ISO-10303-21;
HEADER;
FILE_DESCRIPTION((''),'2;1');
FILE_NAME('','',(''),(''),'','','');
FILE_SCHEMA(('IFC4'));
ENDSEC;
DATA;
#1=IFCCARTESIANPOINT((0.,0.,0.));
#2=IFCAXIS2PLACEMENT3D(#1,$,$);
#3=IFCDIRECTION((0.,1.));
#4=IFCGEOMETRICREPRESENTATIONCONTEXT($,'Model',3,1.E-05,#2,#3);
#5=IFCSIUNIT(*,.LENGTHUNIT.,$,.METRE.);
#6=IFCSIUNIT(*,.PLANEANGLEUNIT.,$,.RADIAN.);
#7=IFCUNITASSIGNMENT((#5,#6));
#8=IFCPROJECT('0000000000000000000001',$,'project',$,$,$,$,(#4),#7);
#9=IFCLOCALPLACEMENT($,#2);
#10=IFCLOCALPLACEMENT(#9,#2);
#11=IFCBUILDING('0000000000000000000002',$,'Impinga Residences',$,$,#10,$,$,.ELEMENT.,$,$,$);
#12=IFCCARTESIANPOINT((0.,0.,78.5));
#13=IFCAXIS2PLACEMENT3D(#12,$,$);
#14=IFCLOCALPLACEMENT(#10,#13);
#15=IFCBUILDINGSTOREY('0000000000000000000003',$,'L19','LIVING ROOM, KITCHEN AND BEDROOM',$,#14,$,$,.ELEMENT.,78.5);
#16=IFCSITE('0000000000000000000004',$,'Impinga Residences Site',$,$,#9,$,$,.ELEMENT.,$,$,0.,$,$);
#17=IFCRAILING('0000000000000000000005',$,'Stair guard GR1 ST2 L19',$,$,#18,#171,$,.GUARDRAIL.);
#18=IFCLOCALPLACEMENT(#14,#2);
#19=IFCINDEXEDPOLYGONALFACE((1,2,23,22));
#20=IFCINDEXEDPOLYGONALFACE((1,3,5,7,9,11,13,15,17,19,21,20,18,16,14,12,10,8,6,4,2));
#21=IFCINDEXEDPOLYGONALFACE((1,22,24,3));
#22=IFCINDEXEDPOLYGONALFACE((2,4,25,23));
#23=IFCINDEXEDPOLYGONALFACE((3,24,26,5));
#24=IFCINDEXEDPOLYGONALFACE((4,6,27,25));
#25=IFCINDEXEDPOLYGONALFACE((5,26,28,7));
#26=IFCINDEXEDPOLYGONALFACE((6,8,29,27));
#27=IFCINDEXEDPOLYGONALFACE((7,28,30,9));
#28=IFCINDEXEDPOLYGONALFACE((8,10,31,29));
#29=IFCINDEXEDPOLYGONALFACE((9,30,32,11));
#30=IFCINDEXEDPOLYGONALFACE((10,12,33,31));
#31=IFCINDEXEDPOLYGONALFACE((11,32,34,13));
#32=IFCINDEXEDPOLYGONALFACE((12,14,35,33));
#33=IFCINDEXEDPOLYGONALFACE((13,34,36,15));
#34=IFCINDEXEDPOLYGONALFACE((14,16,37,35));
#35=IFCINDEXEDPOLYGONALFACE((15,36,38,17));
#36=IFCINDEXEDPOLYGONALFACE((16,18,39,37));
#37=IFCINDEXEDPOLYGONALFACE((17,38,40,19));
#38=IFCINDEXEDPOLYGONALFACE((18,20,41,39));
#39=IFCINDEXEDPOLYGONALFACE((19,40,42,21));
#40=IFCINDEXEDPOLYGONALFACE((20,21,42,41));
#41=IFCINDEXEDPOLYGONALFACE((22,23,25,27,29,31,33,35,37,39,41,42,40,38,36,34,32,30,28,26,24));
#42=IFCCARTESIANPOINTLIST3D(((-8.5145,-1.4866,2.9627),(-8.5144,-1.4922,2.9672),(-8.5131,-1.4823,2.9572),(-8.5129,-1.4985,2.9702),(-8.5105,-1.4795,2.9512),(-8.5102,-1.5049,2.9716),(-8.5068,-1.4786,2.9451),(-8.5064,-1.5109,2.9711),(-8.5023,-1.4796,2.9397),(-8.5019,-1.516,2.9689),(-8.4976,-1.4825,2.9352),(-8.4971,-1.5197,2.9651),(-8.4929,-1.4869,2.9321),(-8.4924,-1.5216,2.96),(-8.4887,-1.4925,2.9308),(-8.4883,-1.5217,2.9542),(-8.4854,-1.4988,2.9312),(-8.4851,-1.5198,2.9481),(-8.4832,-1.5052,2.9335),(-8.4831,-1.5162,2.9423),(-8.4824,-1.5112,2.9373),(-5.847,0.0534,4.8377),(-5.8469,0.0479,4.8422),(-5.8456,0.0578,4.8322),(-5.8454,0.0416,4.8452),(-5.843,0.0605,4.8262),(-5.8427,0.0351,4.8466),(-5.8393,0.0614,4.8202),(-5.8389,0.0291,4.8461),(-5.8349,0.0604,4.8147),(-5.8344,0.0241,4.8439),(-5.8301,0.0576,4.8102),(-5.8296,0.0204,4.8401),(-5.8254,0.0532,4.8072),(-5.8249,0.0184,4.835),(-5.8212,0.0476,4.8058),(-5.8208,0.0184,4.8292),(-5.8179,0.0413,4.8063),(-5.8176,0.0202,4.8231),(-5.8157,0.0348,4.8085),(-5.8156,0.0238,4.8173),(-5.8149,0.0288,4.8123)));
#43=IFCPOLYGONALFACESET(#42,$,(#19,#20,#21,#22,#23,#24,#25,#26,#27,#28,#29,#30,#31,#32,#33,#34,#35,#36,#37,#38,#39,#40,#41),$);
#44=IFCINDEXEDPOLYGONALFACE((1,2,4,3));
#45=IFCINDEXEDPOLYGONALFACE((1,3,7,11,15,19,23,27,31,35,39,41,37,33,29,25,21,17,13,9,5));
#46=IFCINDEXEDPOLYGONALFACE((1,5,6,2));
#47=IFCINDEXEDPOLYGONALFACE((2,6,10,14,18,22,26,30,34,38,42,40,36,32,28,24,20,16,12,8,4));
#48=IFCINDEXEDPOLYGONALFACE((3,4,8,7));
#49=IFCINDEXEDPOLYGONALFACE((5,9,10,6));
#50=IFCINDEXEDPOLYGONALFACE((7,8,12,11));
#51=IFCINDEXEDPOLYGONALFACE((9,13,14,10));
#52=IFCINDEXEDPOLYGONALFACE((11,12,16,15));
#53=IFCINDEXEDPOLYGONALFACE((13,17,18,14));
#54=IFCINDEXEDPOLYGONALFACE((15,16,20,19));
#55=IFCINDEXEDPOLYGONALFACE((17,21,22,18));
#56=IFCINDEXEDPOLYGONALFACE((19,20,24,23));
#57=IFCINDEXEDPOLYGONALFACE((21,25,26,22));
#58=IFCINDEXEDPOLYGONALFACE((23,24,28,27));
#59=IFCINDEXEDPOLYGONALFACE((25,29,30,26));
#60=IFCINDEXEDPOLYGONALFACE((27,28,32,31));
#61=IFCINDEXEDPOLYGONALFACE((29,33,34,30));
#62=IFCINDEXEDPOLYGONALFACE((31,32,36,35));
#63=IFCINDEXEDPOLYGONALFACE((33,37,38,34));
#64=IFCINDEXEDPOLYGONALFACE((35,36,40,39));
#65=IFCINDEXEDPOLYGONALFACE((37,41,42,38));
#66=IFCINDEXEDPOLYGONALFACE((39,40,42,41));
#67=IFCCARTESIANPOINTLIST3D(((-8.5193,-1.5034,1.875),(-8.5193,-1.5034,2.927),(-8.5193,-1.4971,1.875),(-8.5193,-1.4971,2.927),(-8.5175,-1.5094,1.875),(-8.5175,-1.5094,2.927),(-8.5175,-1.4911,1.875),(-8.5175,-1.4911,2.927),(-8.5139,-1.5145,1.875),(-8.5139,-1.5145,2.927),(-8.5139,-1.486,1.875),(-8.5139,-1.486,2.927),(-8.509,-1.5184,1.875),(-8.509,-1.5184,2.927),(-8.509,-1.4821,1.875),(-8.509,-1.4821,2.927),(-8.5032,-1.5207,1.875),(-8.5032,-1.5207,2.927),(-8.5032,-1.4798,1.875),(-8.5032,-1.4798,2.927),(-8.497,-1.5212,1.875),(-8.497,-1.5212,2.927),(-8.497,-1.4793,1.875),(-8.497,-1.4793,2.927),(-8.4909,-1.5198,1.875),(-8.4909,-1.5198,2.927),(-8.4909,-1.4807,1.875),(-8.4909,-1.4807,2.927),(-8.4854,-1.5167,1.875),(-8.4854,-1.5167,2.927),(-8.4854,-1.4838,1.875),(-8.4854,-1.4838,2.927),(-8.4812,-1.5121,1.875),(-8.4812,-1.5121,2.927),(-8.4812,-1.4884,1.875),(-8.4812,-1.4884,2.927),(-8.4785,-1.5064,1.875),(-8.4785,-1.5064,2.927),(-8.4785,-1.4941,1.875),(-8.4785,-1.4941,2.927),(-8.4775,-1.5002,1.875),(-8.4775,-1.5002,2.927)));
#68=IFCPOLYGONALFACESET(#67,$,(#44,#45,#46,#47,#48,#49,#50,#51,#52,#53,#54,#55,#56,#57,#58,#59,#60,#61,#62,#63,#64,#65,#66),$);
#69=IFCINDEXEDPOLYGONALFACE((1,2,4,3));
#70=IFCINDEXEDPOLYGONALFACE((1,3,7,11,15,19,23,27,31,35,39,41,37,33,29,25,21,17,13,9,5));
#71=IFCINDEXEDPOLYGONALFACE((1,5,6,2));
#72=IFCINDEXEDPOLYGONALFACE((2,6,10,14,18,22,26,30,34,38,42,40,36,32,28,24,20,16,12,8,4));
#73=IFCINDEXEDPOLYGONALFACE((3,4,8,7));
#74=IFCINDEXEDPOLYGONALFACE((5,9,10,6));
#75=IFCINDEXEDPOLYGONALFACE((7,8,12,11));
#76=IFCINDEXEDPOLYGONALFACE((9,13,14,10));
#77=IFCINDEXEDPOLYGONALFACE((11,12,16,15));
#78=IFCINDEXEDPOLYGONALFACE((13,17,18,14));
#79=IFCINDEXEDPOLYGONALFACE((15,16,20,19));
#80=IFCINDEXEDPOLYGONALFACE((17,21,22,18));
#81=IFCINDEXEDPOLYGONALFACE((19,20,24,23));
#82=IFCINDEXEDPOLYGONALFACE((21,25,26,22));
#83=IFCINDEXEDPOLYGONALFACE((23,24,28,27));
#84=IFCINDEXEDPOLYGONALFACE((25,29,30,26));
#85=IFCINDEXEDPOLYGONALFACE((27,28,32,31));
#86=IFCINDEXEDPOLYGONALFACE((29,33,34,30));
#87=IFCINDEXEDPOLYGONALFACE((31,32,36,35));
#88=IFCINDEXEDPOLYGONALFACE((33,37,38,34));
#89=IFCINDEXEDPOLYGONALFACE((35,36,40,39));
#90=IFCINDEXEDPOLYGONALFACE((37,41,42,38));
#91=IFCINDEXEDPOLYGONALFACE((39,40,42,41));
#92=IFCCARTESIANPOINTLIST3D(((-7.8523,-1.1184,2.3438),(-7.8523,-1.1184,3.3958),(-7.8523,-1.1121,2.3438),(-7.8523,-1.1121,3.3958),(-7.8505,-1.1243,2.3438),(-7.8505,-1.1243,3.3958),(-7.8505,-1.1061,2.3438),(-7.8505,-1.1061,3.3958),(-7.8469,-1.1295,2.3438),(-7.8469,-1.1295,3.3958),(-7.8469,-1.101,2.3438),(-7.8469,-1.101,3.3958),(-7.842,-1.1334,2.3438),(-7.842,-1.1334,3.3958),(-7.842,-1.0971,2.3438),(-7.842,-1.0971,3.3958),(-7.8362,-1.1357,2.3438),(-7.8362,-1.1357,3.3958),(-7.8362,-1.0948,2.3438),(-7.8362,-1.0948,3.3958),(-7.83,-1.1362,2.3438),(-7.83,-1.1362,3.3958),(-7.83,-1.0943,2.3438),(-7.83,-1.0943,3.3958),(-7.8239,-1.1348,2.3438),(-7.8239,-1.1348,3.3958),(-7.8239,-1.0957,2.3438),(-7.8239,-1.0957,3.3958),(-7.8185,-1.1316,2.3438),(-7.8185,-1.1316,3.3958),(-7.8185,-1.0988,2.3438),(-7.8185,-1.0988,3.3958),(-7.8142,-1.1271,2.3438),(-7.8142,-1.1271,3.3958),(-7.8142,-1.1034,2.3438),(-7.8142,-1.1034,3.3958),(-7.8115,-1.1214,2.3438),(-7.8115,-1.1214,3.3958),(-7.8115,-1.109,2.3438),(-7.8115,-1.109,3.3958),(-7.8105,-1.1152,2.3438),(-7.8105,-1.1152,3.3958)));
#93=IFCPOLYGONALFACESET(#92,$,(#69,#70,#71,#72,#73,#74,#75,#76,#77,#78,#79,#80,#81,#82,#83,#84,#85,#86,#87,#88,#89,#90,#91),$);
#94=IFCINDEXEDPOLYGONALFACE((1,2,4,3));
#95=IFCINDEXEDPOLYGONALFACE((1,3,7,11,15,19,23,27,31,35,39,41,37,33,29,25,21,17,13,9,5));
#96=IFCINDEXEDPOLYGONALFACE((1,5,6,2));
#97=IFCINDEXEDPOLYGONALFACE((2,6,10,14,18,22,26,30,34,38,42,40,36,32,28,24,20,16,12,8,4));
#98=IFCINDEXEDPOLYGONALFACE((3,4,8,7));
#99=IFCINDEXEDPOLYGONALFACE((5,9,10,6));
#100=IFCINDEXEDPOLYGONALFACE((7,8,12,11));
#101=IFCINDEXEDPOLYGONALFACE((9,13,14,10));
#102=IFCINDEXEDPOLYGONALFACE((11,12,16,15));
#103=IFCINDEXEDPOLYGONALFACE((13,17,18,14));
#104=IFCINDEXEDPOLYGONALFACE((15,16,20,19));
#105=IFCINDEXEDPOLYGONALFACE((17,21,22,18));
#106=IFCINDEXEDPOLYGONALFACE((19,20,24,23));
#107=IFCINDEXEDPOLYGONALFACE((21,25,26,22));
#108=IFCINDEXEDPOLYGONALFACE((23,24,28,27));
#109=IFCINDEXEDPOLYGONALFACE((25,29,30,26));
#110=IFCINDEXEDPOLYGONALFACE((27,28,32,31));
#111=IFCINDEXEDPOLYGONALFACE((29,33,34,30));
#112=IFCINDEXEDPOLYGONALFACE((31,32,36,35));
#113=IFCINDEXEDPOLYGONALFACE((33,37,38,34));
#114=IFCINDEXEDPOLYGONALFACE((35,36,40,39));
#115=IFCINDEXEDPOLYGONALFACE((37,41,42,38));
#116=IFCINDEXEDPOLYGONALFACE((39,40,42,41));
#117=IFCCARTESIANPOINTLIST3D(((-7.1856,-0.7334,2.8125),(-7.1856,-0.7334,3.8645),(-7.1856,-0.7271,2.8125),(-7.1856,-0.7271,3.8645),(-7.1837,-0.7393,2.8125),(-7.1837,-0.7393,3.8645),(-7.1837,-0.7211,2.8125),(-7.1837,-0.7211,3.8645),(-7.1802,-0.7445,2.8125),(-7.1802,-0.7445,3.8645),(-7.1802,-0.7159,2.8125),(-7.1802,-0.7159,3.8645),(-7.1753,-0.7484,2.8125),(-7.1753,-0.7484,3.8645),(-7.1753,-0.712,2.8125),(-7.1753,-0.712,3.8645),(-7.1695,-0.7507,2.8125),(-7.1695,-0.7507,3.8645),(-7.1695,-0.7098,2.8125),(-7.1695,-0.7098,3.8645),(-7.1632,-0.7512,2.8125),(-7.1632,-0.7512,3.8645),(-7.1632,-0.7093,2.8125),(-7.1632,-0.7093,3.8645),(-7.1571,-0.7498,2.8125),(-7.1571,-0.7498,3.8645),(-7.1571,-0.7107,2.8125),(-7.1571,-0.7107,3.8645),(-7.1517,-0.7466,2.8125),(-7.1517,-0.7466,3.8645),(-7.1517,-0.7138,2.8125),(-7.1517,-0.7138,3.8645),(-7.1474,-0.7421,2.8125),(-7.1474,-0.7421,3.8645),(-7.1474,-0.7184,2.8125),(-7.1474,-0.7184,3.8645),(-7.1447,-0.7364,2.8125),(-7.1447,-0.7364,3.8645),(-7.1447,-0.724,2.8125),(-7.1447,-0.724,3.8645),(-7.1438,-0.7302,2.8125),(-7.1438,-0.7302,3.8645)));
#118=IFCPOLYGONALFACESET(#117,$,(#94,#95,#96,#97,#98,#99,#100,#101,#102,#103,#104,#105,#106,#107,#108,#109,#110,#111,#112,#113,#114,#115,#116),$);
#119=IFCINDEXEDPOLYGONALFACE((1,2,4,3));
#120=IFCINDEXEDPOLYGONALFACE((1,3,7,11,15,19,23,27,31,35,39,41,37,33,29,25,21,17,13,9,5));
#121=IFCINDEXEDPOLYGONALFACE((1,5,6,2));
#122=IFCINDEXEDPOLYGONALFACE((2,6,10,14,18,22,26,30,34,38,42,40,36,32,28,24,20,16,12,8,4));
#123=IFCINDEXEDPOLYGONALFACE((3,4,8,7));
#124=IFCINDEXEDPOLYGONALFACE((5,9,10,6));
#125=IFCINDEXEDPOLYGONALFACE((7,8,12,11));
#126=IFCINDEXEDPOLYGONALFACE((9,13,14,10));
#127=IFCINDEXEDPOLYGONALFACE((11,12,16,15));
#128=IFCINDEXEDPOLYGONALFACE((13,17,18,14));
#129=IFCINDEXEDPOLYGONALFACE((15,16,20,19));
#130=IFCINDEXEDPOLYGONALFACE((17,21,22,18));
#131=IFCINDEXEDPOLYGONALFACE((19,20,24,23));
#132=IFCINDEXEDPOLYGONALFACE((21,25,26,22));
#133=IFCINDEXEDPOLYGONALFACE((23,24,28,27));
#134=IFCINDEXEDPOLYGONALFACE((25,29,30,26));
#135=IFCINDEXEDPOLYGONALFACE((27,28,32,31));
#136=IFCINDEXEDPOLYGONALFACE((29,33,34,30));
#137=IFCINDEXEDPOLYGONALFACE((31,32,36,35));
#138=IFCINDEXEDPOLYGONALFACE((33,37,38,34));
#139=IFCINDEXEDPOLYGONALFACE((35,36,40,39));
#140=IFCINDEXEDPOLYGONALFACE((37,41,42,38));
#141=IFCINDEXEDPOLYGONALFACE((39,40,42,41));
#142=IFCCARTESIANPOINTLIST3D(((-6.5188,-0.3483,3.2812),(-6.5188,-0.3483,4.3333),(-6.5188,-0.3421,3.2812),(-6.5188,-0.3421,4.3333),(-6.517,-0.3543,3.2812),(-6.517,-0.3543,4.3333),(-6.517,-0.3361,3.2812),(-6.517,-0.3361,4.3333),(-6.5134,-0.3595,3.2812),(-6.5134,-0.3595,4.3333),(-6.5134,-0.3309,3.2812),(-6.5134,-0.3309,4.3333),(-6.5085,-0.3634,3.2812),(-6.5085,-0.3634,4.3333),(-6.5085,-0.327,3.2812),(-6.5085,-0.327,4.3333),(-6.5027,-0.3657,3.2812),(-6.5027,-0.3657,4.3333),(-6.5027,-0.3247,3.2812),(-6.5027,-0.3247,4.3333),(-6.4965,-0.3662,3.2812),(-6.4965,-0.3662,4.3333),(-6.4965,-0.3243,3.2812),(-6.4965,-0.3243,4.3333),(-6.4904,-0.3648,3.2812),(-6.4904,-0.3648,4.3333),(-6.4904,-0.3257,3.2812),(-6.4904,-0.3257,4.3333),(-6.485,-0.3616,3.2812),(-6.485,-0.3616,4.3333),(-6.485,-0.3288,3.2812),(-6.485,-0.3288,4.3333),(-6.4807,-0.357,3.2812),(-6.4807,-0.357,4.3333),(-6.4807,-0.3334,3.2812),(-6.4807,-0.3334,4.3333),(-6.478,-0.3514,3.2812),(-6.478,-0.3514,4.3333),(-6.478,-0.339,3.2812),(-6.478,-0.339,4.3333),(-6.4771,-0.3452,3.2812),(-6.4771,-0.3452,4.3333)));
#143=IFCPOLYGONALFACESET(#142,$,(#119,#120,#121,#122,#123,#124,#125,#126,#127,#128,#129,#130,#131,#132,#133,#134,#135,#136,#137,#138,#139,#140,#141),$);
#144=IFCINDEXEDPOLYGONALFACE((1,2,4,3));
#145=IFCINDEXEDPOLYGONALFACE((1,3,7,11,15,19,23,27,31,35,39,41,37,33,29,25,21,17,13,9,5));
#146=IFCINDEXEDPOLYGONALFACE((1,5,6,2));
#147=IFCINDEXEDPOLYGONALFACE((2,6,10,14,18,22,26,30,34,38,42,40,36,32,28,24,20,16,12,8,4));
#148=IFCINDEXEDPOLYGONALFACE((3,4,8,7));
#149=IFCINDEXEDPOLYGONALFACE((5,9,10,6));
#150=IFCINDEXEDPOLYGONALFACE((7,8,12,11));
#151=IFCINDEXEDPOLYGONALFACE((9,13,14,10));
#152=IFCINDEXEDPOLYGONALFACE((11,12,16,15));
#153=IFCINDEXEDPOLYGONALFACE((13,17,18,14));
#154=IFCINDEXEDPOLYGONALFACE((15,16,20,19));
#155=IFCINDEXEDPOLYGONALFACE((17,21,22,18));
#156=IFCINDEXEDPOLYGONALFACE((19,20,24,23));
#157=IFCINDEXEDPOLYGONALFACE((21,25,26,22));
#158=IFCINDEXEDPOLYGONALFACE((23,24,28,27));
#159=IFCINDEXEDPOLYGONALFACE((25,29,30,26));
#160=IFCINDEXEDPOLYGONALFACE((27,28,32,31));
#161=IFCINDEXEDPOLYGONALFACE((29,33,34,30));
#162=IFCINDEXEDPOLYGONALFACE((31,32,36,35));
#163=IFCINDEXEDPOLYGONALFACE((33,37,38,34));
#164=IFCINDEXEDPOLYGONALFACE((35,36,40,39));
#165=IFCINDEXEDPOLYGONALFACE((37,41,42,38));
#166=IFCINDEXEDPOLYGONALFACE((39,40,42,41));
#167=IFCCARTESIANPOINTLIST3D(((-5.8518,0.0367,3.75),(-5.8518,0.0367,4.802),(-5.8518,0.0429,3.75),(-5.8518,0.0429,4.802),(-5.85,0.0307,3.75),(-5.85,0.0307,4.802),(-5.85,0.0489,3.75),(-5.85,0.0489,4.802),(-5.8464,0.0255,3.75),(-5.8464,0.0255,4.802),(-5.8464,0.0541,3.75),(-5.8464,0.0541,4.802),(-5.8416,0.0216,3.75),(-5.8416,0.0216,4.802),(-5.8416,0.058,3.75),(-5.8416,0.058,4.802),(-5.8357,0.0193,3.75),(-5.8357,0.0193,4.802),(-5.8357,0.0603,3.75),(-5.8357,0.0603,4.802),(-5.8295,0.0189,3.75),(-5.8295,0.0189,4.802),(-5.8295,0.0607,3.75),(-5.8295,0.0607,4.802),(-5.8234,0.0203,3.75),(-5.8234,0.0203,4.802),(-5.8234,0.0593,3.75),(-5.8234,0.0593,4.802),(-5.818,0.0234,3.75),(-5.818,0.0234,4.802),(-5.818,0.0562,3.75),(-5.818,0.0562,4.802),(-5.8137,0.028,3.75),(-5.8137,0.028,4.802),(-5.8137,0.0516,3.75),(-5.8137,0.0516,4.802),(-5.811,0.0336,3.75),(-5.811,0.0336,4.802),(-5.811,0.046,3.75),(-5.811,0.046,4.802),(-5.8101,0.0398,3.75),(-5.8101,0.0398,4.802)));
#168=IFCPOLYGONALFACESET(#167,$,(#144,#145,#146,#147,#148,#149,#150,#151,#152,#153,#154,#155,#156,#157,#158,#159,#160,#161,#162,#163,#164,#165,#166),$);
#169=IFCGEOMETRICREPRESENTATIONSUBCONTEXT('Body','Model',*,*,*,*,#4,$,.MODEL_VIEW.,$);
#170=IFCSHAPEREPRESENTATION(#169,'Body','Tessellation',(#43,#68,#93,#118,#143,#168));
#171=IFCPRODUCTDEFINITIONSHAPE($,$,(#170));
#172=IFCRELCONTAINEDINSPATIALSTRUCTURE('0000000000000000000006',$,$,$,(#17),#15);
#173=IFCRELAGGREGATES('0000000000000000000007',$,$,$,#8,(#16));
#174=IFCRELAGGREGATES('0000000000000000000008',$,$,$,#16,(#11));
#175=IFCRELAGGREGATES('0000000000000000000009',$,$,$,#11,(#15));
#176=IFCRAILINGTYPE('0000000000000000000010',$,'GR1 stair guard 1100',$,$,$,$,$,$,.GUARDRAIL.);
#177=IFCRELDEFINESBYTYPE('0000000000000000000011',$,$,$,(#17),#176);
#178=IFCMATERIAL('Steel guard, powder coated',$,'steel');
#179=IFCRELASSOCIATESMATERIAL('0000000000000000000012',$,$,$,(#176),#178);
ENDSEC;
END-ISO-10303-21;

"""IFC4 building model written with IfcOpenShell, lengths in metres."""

from ifc_helpers import new_model, si_unit, direction, frame, origin, origin_2d, place, context, subcontext, project, spatial, circle, extrude, material, type_object, element, save


model = new_model("IFC4")

# Units and contexts
model_context = context("Model", 3, precision=1e-05, world=origin(), true_north=direction((0.0, 1.0)))
body_context = subcontext(model_context, "Body", "Model", "MODEL_VIEW")
ifc_project = project(units=[si_unit("LENGTHUNIT", "METRE"), si_unit("PLANEANGLEUNIT", "RADIAN")], contexts=[model_context])

# Site, building, storey
site_placement = place(None, origin())
site = spatial("IfcSite", under=ifc_project, at=site_placement, Name="Impinga Residences Site", CompositionType="ELEMENT", RefElevation=0.0)
building_placement = place(site_placement, origin())
building = spatial("IfcBuilding", under=site, at=building_placement, Name="Impinga Residences", CompositionType="ELEMENT")
storey_placement = place(building_placement, frame((0.0, 0.0, 78.5)))
storey = spatial("IfcBuildingStorey", under=building, at=storey_placement, Name="L19", Description="LIVING ROOM, KITCHEN AND BEDROOM", CompositionType="ELEMENT", Elevation=78.5)

# Railing
ifc_material_1 = material(Name="Steel guard, powder coated", Category="steel")
railing_type = type_object("IfcRailingType", Name="GR1 stair guard 1100", PredefinedType="GUARDRAIL", material=ifc_material_1)
railing_placement = place(storey_placement, frame((-8.4985, -1.5002, 1.875)))
element("IfcRailing", 1, at=railing_placement, inside=storey, type_object=railing_type, Name="Stair guard GR1 ST2 L19", PredefinedType="GUARDRAIL", context=body_context, shape_type="SweptSolid", body=[
    extrude(circle(Radius=0.0239, at=origin_2d()), frame((0.0, 0.0, 1.0762), z_axis=(0.739746, 0.427084, 0.519975), x_axis=(-0.499992, 0.86603, 0.0)), (0.0, 0.0, 1.0), 3.606),
    extrude(circle(Radius=0.021, at=origin_2d()), origin(), (0.0, 0.0, 1.0), 1.052),
    extrude(circle(Radius=0.021, at=origin_2d()), frame((0.667, 0.385, 0.4688)), (0.0, 0.0, 1.0), 1.052),
    extrude(circle(Radius=0.021, at=origin_2d()), frame((1.3337, 0.77, 0.9375)), (0.0, 0.0, 1.0), 1.052),
    extrude(circle(Radius=0.021, at=origin_2d()), frame((2.0005, 1.155, 1.4062)), (0.0, 0.0, 1.0), 1.052),
    extrude(circle(Radius=0.021, at=origin_2d()), frame((2.6675, 1.54, 1.875)), (0.0, 0.0, 1.0), 1.052),
])

save(model, "model.ifc")
